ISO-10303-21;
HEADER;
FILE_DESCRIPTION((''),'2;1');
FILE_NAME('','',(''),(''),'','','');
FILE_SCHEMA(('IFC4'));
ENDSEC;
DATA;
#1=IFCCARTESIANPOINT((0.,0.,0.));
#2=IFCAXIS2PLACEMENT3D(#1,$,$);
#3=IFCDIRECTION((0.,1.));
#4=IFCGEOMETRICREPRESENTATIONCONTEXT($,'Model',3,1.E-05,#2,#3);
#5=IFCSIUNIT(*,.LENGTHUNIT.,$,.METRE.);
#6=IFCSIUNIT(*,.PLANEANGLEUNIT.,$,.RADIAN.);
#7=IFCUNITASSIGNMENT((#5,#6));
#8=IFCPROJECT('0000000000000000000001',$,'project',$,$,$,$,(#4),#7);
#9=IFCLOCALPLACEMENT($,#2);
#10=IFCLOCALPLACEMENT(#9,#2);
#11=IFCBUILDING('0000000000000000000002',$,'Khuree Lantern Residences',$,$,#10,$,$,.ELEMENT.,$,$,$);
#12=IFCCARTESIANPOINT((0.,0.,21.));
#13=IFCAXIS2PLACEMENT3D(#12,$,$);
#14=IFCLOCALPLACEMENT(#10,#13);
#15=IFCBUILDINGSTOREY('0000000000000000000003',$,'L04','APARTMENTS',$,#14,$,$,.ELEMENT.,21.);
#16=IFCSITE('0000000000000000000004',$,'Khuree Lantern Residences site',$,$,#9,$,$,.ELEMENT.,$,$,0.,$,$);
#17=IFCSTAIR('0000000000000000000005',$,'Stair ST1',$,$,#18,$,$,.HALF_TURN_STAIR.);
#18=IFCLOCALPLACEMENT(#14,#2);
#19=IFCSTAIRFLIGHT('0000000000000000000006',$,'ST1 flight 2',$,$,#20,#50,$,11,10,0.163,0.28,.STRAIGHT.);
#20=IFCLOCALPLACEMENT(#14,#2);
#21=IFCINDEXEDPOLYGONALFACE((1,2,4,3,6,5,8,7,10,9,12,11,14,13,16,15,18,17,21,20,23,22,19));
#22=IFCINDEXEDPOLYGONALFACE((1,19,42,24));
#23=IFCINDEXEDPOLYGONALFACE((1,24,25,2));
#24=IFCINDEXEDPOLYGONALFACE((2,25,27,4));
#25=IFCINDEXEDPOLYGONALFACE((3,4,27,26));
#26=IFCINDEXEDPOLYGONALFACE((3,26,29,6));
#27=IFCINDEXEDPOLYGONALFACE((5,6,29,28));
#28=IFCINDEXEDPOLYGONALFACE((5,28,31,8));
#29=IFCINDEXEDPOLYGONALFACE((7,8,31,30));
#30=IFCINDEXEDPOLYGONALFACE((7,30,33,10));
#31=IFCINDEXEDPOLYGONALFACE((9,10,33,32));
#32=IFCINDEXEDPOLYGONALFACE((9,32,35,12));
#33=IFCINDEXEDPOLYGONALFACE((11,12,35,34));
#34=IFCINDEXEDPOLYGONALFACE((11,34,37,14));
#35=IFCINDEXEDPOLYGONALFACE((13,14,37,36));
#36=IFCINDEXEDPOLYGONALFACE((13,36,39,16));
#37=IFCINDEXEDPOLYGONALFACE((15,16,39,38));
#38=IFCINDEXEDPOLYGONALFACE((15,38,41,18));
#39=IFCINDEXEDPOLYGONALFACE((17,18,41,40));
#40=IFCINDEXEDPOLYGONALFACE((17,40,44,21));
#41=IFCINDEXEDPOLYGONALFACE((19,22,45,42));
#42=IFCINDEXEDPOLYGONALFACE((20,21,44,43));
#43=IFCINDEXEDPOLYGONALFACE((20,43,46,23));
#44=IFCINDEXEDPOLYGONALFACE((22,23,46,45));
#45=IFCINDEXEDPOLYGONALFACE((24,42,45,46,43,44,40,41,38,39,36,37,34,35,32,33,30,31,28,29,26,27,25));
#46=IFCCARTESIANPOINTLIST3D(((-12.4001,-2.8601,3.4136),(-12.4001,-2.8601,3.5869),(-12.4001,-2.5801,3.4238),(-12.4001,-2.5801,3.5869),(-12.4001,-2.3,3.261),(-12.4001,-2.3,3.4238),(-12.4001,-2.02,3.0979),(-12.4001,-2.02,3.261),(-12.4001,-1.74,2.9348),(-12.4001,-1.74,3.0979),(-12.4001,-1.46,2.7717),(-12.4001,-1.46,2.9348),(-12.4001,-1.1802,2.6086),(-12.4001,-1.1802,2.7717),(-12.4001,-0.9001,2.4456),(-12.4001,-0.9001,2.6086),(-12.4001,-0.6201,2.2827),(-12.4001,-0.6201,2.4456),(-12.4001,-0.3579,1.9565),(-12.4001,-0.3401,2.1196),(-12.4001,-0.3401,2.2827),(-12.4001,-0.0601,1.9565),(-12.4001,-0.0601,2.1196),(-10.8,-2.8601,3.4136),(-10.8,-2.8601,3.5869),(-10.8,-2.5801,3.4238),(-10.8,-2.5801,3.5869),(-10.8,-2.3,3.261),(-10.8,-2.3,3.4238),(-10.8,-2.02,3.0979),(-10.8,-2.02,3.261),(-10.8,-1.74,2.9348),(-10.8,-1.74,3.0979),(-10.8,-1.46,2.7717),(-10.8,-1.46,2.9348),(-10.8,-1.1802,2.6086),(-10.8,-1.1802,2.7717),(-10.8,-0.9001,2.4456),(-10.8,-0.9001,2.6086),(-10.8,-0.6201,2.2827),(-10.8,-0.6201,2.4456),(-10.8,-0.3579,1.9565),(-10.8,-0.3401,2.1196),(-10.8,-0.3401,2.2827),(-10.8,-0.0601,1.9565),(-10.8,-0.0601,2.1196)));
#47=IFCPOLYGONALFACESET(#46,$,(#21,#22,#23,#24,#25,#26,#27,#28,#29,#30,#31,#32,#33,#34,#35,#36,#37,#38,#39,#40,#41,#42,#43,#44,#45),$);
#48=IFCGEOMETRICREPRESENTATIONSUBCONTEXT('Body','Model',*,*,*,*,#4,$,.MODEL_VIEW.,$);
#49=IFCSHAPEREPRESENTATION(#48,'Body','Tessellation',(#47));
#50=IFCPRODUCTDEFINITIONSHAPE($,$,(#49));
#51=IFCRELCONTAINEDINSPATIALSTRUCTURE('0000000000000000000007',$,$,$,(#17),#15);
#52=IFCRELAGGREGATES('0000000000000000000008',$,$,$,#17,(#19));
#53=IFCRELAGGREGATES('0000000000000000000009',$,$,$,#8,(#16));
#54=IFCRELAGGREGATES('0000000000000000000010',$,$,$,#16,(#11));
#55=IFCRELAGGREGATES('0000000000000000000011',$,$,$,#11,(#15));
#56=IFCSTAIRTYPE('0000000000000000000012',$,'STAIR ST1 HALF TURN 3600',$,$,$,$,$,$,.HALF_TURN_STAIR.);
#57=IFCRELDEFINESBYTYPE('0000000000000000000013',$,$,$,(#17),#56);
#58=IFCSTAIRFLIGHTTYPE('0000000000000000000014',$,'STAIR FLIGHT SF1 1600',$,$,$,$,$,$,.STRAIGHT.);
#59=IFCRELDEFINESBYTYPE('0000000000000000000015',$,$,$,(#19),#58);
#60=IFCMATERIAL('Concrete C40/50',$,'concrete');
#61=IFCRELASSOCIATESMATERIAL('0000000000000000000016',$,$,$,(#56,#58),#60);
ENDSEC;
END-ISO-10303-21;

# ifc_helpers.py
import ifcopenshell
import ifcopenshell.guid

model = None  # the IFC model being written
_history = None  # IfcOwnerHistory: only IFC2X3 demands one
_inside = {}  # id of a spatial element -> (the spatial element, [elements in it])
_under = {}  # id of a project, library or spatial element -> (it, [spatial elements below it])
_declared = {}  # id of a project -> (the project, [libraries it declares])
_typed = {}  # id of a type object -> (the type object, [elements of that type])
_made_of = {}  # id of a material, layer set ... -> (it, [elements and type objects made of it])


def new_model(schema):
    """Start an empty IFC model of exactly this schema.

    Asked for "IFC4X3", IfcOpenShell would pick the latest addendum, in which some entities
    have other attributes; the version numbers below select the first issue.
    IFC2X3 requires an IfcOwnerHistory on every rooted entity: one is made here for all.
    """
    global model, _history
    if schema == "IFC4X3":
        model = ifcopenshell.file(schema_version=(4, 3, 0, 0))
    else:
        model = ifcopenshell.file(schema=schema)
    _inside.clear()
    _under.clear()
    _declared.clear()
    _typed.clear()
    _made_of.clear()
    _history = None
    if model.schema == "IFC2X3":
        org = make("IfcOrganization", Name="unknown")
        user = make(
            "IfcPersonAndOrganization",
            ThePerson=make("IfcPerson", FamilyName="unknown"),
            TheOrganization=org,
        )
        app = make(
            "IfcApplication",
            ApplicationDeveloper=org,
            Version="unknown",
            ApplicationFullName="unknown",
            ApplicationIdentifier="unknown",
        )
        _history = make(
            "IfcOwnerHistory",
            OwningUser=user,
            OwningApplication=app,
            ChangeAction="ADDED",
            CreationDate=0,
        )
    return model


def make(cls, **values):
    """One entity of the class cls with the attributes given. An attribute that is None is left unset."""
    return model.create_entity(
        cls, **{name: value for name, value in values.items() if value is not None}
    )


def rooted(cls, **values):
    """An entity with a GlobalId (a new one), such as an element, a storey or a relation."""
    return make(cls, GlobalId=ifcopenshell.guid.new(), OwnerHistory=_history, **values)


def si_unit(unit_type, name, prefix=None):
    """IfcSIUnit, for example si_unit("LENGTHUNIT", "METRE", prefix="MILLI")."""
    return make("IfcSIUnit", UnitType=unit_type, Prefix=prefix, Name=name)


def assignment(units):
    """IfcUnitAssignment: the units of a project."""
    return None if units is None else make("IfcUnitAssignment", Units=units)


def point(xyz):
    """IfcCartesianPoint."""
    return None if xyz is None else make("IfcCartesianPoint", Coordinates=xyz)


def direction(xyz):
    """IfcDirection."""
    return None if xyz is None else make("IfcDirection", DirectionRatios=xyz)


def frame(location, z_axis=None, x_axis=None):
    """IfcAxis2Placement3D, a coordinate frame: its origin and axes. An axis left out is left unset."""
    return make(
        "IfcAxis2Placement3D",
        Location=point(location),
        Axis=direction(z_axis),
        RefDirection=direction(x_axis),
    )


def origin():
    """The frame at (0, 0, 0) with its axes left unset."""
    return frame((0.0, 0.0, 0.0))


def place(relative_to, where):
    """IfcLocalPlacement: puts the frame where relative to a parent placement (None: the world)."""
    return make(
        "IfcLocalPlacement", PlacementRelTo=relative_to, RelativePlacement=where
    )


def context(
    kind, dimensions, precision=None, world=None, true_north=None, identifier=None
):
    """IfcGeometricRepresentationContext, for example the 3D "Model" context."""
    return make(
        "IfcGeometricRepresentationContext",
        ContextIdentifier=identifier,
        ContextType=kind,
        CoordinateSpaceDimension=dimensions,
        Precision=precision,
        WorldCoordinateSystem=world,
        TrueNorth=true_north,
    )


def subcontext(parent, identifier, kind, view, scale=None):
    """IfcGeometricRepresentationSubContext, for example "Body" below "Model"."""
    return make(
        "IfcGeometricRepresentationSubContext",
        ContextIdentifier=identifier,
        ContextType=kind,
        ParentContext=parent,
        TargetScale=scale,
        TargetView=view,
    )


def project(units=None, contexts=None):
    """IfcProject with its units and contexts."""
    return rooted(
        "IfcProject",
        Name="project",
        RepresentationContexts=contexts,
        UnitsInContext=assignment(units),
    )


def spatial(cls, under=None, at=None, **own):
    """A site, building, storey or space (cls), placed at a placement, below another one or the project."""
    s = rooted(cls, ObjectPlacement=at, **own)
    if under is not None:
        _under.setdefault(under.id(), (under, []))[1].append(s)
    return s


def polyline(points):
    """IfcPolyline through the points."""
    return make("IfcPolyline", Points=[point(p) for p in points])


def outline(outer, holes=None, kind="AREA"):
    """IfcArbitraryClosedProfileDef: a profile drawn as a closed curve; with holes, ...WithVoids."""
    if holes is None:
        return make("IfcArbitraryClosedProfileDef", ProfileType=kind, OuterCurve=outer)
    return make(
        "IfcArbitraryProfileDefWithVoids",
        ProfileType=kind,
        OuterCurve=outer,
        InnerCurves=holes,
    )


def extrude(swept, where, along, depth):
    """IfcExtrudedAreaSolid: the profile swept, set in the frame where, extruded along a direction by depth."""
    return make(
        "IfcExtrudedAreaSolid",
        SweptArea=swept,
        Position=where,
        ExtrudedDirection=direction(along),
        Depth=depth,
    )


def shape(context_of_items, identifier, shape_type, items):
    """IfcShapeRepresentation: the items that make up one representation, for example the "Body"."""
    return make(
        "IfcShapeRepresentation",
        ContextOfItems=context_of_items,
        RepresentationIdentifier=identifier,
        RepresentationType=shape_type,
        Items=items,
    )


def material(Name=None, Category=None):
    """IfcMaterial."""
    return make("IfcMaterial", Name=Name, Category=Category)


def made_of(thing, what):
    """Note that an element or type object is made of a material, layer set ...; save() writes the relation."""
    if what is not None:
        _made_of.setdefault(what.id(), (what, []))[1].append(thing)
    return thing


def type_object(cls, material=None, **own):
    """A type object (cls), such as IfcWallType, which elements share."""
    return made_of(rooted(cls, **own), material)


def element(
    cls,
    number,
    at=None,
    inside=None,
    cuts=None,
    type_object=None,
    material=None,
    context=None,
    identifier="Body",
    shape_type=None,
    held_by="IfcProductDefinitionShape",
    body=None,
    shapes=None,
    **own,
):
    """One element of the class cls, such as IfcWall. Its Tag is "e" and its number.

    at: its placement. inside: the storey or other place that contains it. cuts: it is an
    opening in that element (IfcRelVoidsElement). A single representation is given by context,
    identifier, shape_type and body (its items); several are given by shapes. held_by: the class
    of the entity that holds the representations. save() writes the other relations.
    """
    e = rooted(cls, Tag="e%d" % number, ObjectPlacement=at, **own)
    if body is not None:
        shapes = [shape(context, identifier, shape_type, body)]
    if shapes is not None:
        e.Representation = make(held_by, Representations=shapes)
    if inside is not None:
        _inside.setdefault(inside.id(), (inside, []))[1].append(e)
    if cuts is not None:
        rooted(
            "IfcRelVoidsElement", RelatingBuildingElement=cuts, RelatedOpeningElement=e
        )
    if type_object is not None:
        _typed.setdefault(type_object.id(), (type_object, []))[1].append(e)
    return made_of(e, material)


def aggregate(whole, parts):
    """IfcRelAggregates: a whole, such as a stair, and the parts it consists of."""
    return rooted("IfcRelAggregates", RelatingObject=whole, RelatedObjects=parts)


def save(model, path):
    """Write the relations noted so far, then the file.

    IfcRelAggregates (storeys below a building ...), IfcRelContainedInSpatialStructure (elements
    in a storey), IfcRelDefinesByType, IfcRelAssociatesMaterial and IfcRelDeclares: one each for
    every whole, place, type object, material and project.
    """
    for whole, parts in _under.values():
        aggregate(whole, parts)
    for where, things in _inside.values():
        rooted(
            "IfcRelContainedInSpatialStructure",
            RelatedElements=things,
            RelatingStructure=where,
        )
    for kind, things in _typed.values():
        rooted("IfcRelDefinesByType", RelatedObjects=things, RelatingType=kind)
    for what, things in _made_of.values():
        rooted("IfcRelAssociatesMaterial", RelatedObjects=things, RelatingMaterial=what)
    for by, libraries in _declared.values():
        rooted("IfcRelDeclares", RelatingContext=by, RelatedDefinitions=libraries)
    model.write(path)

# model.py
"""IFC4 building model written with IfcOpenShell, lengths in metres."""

from ifc_helpers import new_model, si_unit, direction, frame, origin, place, context, subcontext, project, spatial, polyline, outline, extrude, material, type_object, element, aggregate, save


model = new_model("IFC4")

# Units and contexts
model_context = context("Model", 3, precision=1e-05, world=origin(), true_north=direction((0.0, 1.0)))
body_context = subcontext(model_context, "Body", "Model", "MODEL_VIEW")
ifc_project = project(units=[si_unit("LENGTHUNIT", "METRE"), si_unit("PLANEANGLEUNIT", "RADIAN")], contexts=[model_context])

# Site, building, storey
site_placement = place(None, origin())
site = spatial("IfcSite", under=ifc_project, at=site_placement, Name="Khuree Lantern Residences site", CompositionType="ELEMENT", RefElevation=0.0)
building_placement = place(site_placement, origin())
building = spatial("IfcBuilding", under=site, at=building_placement, Name="Khuree Lantern Residences", CompositionType="ELEMENT")
storey_placement = place(building_placement, frame((0.0, 0.0, 21.0)))
storey = spatial("IfcBuildingStorey", under=building, at=storey_placement, Name="L04", Description="APARTMENTS", CompositionType="ELEMENT", Elevation=21.0)

# Stair
ifc_material_1 = material(Name="Concrete C40/50", Category="concrete")
stair_type = type_object("IfcStairType", Name="STAIR ST1 HALF TURN 3600", PredefinedType="HALF_TURN_STAIR", material=ifc_material_1)
stair_placement = place(storey_placement, origin())
stair = element("IfcStair", 1, at=stair_placement, inside=storey, type_object=stair_type, Name="Stair ST1", PredefinedType="HALF_TURN_STAIR")

# Stair flight
stair_flight_type = type_object("IfcStairFlightType", Name="STAIR FLIGHT SF1 1600", PredefinedType="STRAIGHT", material=ifc_material_1)
stair_flight_1_placement = place(storey_placement, frame((-11.6001, -0.0601, 1.9565), z_axis=(0.0, 0.0, 1.0), x_axis=(0.0, -1.0, 0.0)))
stair_flight_1 = element("IfcStairFlight", 2, at=stair_flight_1_placement, type_object=stair_flight_type, Name="ST1 flight 2", NumberOfRisers=11, NumberOfTreads=10, PredefinedType="STRAIGHT", RiserHeight=0.163, TreadLength=0.28, context=body_context, shape_type="SweptSolid", body=[
    extrude(outline(polyline([(0.0, 0.0), (0.0, 0.1631), (0.28, 0.1631), (0.28, 0.3262), (0.5601, 0.3262), (0.5601, 0.489), (0.8401, 0.489), (0.8401, 0.6521), (1.1201, 0.6521), (1.1201, 0.8152), (1.3999, 0.8152), (1.3999, 0.9783), (1.6799, 0.9783), (1.6799, 1.1414), (1.96, 1.1414), (1.96, 1.3044), (2.24, 1.3044), (2.24, 1.4673), (2.52, 1.4673), (2.52, 1.6304), (2.8, 1.6304), (2.8, 1.7935), (2.8, 1.457), (0.2979, 0.0), (0.0, 0.0)])), frame((0.0, 0.8, 0.0), z_axis=(0.0, -1.0, 0.0), x_axis=(1.0, 0.0, 0.0)), (0.0, 0.0, 1.0), 1.6001),
])
aggregate(stair, [stair_flight_1])

save(model, "model.ifc")
